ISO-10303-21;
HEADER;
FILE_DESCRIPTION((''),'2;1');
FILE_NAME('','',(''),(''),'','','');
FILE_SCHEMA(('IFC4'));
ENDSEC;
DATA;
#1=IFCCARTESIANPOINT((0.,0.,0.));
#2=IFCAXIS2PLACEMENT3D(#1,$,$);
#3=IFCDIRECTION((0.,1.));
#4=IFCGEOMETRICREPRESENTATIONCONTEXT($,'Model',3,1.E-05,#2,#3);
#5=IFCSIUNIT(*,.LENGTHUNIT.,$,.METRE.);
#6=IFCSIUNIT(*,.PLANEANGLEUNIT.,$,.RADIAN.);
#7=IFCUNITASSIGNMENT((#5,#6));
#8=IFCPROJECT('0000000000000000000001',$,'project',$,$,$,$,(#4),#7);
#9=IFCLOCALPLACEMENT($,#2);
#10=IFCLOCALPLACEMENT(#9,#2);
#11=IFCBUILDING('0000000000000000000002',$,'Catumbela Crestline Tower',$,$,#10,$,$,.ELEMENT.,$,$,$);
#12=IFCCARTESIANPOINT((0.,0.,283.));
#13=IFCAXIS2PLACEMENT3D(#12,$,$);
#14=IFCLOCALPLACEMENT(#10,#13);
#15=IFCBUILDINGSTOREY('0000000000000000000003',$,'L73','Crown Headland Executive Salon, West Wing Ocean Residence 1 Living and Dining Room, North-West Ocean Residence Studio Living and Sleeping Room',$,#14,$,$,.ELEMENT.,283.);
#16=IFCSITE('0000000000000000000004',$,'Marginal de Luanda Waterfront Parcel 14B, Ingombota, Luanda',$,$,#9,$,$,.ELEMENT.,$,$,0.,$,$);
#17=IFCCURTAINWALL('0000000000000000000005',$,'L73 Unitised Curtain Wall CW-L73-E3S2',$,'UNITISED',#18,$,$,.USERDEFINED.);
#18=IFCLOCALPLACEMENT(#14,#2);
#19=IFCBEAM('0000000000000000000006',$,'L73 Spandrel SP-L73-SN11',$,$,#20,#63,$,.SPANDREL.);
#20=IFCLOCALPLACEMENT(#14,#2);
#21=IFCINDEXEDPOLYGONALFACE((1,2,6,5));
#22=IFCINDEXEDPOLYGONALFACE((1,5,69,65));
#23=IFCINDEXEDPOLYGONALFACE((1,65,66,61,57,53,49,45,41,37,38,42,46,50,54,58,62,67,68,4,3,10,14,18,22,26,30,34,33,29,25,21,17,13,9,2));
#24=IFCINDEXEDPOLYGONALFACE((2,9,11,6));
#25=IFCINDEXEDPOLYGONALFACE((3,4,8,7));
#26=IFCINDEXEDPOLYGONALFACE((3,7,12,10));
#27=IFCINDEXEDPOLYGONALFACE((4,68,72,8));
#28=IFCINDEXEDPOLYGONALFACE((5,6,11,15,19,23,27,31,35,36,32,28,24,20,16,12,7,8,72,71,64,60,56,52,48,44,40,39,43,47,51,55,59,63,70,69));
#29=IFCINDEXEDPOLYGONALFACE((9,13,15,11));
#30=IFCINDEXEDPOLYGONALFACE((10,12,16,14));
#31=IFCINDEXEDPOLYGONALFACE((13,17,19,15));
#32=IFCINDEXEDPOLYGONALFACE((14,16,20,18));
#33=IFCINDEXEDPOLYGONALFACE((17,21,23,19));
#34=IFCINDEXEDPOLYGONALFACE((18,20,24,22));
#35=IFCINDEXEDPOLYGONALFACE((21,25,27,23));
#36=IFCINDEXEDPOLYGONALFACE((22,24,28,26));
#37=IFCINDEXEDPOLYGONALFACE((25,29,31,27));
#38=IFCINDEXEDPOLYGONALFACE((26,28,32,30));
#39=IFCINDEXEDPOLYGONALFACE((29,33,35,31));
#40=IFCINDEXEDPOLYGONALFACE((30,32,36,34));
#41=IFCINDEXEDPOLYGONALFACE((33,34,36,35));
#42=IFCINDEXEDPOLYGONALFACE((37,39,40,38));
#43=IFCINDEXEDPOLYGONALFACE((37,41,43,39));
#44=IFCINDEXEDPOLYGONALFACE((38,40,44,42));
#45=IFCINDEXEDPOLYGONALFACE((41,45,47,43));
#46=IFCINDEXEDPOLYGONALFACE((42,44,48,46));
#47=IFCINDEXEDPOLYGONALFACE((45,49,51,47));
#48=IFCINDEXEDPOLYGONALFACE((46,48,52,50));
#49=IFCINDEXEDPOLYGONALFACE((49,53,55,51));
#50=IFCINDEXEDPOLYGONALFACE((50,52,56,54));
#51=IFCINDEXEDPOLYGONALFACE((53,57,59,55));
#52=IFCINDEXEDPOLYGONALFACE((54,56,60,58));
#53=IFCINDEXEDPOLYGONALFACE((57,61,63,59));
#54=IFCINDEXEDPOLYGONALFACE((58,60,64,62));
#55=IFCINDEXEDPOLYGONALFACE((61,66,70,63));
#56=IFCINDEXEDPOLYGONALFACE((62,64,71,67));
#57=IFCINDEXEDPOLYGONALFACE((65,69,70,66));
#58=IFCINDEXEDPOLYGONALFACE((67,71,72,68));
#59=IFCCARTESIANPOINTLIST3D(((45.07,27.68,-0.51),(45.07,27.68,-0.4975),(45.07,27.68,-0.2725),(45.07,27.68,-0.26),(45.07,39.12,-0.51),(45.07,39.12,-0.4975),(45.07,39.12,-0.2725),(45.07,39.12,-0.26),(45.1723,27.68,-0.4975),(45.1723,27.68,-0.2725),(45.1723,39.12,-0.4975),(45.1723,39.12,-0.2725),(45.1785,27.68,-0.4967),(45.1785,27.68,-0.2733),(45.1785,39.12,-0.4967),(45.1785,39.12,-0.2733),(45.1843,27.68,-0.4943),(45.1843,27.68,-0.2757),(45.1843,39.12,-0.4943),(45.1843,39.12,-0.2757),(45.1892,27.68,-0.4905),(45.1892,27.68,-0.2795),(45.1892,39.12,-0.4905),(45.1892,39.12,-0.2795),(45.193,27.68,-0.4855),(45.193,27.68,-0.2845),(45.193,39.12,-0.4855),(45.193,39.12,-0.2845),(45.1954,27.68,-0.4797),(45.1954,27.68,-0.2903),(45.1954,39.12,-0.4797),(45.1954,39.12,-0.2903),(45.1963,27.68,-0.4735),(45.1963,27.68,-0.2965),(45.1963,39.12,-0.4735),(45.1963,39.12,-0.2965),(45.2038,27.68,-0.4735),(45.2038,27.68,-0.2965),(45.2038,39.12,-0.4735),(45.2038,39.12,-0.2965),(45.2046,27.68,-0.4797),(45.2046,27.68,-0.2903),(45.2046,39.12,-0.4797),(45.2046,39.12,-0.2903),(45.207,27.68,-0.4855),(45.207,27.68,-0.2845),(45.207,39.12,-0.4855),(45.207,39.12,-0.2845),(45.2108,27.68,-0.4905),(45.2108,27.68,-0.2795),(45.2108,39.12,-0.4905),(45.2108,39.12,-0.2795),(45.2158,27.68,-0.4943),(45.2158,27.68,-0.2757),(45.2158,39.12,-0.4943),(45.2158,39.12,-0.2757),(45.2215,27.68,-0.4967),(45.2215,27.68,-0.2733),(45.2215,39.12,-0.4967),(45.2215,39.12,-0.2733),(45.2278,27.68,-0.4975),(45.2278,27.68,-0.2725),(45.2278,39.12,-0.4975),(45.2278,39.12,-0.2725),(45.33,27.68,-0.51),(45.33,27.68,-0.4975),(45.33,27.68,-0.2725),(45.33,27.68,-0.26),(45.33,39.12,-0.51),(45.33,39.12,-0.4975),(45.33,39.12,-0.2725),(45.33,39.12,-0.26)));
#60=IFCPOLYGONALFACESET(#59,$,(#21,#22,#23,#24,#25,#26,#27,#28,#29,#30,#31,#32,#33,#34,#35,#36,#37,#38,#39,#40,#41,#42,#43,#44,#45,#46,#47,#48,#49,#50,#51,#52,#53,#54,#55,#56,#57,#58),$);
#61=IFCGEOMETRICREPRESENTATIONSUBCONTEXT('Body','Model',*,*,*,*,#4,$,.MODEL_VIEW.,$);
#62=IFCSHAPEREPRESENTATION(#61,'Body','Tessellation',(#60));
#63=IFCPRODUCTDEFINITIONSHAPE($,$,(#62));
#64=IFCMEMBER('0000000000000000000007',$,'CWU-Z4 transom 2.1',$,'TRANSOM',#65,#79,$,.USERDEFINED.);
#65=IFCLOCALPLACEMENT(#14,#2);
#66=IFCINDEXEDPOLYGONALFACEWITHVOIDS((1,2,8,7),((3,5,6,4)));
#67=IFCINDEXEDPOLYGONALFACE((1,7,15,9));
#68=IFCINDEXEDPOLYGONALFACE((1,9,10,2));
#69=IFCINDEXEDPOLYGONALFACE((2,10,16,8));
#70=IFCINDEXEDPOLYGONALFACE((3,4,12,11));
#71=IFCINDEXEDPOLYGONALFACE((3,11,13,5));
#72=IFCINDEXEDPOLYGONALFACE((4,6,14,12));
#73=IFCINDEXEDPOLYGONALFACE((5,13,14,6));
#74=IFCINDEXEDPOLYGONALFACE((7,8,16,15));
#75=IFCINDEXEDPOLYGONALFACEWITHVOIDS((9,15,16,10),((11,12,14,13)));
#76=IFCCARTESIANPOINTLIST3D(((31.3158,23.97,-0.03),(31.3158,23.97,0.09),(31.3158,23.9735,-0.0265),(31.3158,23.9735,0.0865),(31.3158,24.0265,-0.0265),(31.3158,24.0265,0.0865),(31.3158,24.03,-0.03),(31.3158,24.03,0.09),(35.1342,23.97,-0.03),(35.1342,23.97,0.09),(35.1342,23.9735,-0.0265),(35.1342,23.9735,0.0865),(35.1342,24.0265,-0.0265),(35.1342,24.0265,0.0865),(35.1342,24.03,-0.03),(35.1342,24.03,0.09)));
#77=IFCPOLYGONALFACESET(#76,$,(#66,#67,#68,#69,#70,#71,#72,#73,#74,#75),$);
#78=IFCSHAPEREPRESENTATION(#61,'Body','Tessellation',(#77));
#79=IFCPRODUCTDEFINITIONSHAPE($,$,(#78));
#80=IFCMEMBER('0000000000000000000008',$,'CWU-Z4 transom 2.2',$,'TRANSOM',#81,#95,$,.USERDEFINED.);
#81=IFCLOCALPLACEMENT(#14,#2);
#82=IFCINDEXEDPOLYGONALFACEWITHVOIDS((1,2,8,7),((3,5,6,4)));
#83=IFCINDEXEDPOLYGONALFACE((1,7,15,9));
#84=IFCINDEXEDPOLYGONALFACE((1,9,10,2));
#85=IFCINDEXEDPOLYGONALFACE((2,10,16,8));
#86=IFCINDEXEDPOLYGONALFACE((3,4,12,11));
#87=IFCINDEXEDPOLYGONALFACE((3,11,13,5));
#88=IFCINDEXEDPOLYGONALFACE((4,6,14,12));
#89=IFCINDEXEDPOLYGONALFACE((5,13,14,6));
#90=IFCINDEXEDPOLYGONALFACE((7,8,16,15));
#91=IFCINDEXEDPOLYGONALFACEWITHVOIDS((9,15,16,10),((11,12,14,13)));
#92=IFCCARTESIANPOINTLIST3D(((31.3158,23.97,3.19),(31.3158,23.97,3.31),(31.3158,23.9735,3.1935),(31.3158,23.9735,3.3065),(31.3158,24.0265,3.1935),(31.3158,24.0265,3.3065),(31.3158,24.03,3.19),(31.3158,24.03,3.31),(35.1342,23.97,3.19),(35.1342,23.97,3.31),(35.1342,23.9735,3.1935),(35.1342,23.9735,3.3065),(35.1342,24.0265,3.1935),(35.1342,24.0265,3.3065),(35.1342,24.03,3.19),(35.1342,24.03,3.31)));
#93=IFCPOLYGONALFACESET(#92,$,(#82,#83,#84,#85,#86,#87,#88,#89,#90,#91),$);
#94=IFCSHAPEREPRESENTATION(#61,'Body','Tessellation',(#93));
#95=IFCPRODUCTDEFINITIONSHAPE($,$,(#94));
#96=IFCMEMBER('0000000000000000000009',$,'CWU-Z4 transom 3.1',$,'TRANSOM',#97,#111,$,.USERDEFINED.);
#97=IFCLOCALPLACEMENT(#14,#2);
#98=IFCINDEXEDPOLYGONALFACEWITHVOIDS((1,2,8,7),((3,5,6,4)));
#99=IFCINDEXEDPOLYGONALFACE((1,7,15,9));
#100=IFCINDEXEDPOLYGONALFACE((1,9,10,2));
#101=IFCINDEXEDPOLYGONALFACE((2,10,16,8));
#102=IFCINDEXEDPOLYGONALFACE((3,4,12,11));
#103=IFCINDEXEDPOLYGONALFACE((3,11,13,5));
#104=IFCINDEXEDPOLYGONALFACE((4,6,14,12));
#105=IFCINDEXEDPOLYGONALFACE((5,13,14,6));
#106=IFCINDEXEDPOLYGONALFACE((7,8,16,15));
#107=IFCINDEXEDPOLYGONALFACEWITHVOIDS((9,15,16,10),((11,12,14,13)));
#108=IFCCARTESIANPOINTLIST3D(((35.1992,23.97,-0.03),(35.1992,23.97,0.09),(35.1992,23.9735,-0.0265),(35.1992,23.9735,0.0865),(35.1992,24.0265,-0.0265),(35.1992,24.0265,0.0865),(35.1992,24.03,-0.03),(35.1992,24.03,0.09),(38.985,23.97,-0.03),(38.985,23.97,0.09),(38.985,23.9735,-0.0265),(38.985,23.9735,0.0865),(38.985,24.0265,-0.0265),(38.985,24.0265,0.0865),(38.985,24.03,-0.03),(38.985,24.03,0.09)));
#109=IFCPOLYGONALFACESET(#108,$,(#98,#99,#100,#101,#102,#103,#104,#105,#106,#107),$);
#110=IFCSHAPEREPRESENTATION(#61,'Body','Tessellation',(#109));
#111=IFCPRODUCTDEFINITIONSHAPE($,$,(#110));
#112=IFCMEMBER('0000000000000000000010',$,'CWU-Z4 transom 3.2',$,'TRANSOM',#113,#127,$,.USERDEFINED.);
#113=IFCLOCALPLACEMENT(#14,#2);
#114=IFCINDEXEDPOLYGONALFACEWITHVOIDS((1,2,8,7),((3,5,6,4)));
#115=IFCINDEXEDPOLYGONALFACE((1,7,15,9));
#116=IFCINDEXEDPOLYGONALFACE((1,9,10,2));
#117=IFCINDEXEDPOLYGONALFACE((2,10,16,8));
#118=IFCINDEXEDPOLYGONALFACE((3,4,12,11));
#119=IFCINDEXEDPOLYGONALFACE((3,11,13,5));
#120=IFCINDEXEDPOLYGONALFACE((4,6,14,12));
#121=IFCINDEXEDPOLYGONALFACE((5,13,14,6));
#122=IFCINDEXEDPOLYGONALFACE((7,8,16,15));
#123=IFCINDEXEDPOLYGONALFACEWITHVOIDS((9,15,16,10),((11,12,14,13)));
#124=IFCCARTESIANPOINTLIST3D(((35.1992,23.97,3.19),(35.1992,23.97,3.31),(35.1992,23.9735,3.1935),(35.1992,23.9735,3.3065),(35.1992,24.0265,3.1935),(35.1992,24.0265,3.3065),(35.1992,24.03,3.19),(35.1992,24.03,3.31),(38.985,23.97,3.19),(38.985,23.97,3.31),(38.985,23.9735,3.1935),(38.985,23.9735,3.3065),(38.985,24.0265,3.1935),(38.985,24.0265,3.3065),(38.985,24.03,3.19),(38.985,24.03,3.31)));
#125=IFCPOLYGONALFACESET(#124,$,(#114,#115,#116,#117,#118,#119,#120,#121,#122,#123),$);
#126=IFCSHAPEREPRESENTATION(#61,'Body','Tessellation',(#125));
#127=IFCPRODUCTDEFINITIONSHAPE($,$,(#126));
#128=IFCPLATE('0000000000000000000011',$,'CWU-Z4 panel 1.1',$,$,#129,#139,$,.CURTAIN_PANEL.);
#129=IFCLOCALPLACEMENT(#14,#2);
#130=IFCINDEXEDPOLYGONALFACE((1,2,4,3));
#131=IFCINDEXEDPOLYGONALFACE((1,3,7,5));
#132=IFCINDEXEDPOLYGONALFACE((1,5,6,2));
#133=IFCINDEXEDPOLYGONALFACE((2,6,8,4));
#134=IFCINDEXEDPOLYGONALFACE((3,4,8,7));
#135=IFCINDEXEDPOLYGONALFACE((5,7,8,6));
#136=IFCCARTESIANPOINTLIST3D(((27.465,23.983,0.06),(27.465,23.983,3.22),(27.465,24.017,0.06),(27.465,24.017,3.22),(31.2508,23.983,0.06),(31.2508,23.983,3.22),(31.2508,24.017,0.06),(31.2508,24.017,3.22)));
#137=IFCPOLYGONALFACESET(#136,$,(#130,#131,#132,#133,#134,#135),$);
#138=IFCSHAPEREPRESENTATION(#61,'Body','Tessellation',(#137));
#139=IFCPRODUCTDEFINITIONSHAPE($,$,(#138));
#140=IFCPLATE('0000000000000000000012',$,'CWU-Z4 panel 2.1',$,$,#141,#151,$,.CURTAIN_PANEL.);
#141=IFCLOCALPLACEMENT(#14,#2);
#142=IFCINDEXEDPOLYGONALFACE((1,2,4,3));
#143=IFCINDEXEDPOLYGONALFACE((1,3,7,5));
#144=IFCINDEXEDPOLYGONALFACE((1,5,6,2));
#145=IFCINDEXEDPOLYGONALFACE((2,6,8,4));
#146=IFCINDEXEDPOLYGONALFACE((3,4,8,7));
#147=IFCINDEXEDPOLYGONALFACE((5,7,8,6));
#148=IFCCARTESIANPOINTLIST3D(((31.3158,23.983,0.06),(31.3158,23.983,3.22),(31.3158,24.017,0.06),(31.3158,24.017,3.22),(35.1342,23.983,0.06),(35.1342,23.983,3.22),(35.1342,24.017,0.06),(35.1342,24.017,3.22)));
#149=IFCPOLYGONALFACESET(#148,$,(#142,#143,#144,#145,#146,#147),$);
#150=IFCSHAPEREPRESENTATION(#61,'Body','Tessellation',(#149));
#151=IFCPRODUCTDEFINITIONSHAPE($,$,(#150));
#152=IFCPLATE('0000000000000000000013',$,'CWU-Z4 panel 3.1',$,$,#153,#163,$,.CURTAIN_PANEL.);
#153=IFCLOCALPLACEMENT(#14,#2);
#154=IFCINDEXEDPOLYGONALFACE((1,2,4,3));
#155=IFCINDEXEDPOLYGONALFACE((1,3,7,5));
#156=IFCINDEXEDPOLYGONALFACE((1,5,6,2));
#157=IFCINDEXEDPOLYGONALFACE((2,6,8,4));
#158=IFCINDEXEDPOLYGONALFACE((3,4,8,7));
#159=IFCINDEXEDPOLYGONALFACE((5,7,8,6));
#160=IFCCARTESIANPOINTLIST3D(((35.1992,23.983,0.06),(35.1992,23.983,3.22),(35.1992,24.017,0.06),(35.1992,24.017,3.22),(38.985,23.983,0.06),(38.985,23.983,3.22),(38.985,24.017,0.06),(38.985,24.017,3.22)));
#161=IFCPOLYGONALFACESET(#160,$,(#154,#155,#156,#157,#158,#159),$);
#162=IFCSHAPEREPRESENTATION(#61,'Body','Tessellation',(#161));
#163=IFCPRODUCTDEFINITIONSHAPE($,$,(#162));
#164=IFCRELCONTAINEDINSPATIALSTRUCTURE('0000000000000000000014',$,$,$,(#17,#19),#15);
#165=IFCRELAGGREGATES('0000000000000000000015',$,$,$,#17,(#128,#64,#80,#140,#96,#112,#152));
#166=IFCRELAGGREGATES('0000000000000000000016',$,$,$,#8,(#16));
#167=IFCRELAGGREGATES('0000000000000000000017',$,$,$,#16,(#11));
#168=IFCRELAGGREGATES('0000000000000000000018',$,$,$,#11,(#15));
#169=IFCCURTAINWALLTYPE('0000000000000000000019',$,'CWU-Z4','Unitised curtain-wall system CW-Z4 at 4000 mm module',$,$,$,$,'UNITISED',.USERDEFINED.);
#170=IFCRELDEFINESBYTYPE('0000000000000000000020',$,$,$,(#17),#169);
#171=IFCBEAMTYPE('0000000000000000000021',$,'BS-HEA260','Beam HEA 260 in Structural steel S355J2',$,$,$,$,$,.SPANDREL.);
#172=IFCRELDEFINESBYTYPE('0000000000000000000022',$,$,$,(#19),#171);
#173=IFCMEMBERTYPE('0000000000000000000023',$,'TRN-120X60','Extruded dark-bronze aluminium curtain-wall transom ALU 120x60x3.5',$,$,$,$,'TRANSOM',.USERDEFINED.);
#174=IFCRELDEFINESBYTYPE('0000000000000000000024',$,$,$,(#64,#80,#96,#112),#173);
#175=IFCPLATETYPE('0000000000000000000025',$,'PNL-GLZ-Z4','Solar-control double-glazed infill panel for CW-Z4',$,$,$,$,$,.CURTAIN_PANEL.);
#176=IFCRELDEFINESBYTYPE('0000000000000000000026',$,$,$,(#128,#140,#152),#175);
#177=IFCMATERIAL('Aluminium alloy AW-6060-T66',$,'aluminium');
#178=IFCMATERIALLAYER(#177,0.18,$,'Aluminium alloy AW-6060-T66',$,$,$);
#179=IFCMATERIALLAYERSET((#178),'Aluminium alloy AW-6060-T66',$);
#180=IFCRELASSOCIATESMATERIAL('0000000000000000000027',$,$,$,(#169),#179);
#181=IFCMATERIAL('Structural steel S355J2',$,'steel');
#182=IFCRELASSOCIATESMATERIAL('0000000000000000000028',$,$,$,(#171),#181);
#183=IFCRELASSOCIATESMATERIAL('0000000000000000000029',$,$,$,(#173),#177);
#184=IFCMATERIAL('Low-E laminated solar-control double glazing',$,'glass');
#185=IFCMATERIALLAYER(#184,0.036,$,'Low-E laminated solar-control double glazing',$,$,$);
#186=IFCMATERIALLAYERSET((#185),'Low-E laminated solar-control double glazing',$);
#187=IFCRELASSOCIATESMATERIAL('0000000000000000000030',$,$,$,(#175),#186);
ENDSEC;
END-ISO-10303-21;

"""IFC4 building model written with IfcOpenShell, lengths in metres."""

from ifc_helpers import new_model, si_unit, direction, frame, origin, origin_2d, place, context, subcontext, project, spatial, rectangle, hollow_rectangle, i_section, extrude, material, layer, layer_set, material_profile, profile_set, type_object, element, aggregate, save


model = new_model("IFC4")

# Units and contexts
model_context = context("Model", 3, precision=1e-05, world=origin(), true_north=direction((0.0, 1.0)))
body_context = subcontext(model_context, "Body", "Model", "MODEL_VIEW")
ifc_project = project(units=[si_unit("LENGTHUNIT", "METRE"), si_unit("PLANEANGLEUNIT", "RADIAN")], contexts=[model_context])

# Site, building, storey
site_placement = place(None, origin())
site = spatial("IfcSite", under=ifc_project, at=site_placement, Name="Marginal de Luanda Waterfront Parcel 14B, Ingombota, Luanda", CompositionType="ELEMENT", RefElevation=0.0)
building_placement = place(site_placement, origin())
building = spatial("IfcBuilding", under=site, at=building_placement, Name="Catumbela Crestline Tower", CompositionType="ELEMENT")
storey_placement = place(building_placement, frame((0.0, 0.0, 283.0)))
storey = spatial("IfcBuildingStorey", under=building, at=storey_placement, Name="L73", Description="Crown Headland Executive Salon, West Wing Ocean Residence 1 Living and Dining Room, North-West Ocean Residence Studio Living and Sleeping Room", CompositionType="ELEMENT", Elevation=283.0)

# Shared definitions
ifc_material_1 = material(Name="Structural steel S355J2", Category="steel")

# Curtain wall
ifc_material_2 = material(Name="Aluminium alloy AW-6060-T66", Category="aluminium")
ifc_layer_1 = layer(ifc_material_2, 0.18, Name="Aluminium alloy AW-6060-T66")
ifc_layer_set_1 = layer_set([ifc_layer_1], Name="Aluminium alloy AW-6060-T66")
curtain_wall_type = type_object("IfcCurtainWallType", Name="CWU-Z4", Description="Unitised curtain-wall system CW-Z4 at 4000 mm module", ElementType="UNITISED", PredefinedType="USERDEFINED", material=ifc_layer_set_1)
curtain_wall_placement = place(storey_placement, origin())
curtain_wall = element("IfcCurtainWall", 1, at=curtain_wall_placement, inside=storey, type_object=curtain_wall_type, Name="L73 Unitised Curtain Wall CW-L73-E3S2", ObjectType="UNITISED", PredefinedType="USERDEFINED")

# Beam
ifc_material_profile_1 = material_profile(ifc_material_1, i_section(OverallWidth=0.26, OverallDepth=0.25, WebThickness=0.0075, FlangeThickness=0.0125, FilletRadius=0.024, at=origin_2d()), Name="HEA 260")
ifc_profile_set_1 = profile_set([ifc_material_profile_1], Name="Structural steel S355J2")
beam_type_1 = type_object("IfcBeamType", Name="BS-HEA260", Description="Beam HEA 260 in Structural steel S355J2", PredefinedType="SPANDREL", material=ifc_profile_set_1)
beam_1_placement = place(storey_placement, frame((45.2, 27.68, -0.385), z_axis=(0.0, 1.0, 0.0), x_axis=(-1.0, 0.0, 0.0)))
element("IfcBeam", 2, at=beam_1_placement, inside=storey, type_object=beam_type_1, Name="L73 Spandrel SP-L73-SN11", PredefinedType="SPANDREL", context=body_context, shape_type="SweptSolid", body=[
    extrude(i_section(OverallWidth=0.26, OverallDepth=0.25, WebThickness=0.0075, FlangeThickness=0.0125, FilletRadius=0.024, at=origin_2d()), origin(), (0.0, 0.0, 1.0), 11.44),
])

# Members
ifc_material_profile_2 = material_profile(ifc_material_2, hollow_rectangle(XDim=0.06, YDim=0.12, WallThickness=0.0035, at=origin_2d()), Name="ALU 120x60x3.5")
ifc_profile_set_2 = profile_set([ifc_material_profile_2], Name="Aluminium alloy AW-6060-T66")
member_type_1 = type_object("IfcMemberType", Name="TRN-120X60", Description="Extruded dark-bronze aluminium curtain-wall transom ALU 120x60x3.5", ElementType="TRANSOM", PredefinedType="USERDEFINED", material=ifc_profile_set_2)
member_1_placement = place(storey_placement, frame((31.3158, 24.0, 0.03), z_axis=(1.0, 0.0, 0.0), x_axis=(0.0, 1.0, 0.0)))
member_1 = element("IfcMember", 3, at=member_1_placement, type_object=member_type_1, Name="CWU-Z4 transom 2.1", ObjectType="TRANSOM", PredefinedType="USERDEFINED", context=body_context, shape_type="SweptSolid", body=[
    extrude(hollow_rectangle(XDim=0.06, YDim=0.12, WallThickness=0.0035, at=origin_2d()), origin(), (0.0, 0.0, 1.0), 3.8184),
])
member_2_placement = place(storey_placement, frame((31.3158, 24.0, 3.25), z_axis=(1.0, 0.0, 0.0), x_axis=(0.0, 1.0, 0.0)))
member_2 = element("IfcMember", 4, at=member_2_placement, type_object=member_type_1, Name="CWU-Z4 transom 2.2", ObjectType="TRANSOM", PredefinedType="USERDEFINED", context=body_context, shape_type="SweptSolid", body=[
    extrude(hollow_rectangle(XDim=0.06, YDim=0.12, WallThickness=0.0035, at=origin_2d()), origin(), (0.0, 0.0, 1.0), 3.8184),
])
member_3_placement = place(storey_placement, frame((35.1992, 24.0, 0.03), z_axis=(1.0, 0.0, 0.0), x_axis=(0.0, 1.0, 0.0)))
member_3 = element("IfcMember", 5, at=member_3_placement, type_object=member_type_1, Name="CWU-Z4 transom 3.1", ObjectType="TRANSOM", PredefinedType="USERDEFINED", context=body_context, shape_type="SweptSolid", body=[
    extrude(hollow_rectangle(XDim=0.06, YDim=0.12, WallThickness=0.0035, at=origin_2d()), origin(), (0.0, 0.0, 1.0), 3.7858),
])
member_4_placement = place(storey_placement, frame((35.1992, 24.0, 3.25), z_axis=(1.0, 0.0, 0.0), x_axis=(0.0, 1.0, 0.0)))
member_4 = element("IfcMember", 6, at=member_4_placement, type_object=member_type_1, Name="CWU-Z4 transom 3.2", ObjectType="TRANSOM", PredefinedType="USERDEFINED", context=body_context, shape_type="SweptSolid", body=[
    extrude(hollow_rectangle(XDim=0.06, YDim=0.12, WallThickness=0.0035, at=origin_2d()), origin(), (0.0, 0.0, 1.0), 3.7858),
])

# Plates
ifc_material_3 = material(Name="Low-E laminated solar-control double glazing", Category="glass")
ifc_layer_2 = layer(ifc_material_3, 0.036, Name="Low-E laminated solar-control double glazing")
ifc_layer_set_2 = layer_set([ifc_layer_2], Name="Low-E laminated solar-control double glazing")
plate_type = type_object("IfcPlateType", Name="PNL-GLZ-Z4", Description="Solar-control double-glazed infill panel for CW-Z4", PredefinedType="CURTAIN_PANEL", material=ifc_layer_set_2)
plate_1_placement = place(storey_placement, frame((29.3579, 24.0, 0.06), z_axis=(0.0, 0.0, 1.0), x_axis=(1.0, 0.0, 0.0)))
plate_1 = element("IfcPlate", 7, at=plate_1_placement, type_object=plate_type, Name="CWU-Z4 panel 1.1", PredefinedType="CURTAIN_PANEL", context=body_context, shape_type="SweptSolid", body=[
    extrude(rectangle(XDim=3.7858, YDim=0.034, at=origin_2d()), origin(), (0.0, 0.0, 1.0), 3.16),
])
plate_2_placement = place(storey_placement, frame((33.225, 24.0, 0.06), z_axis=(0.0, 0.0, 1.0), x_axis=(1.0, 0.0, 0.0)))
plate_2 = element("IfcPlate", 8, at=plate_2_placement, type_object=plate_type, Name="CWU-Z4 panel 2.1", PredefinedType="CURTAIN_PANEL", context=body_context, shape_type="SweptSolid", body=[
    extrude(rectangle(XDim=3.8183, YDim=0.034, at=origin_2d()), origin(), (0.0, 0.0, 1.0), 3.16),
])
plate_3_placement = place(storey_placement, frame((37.0921, 24.0, 0.06), z_axis=(0.0, 0.0, 1.0), x_axis=(1.0, 0.0, 0.0)))
plate_3 = element("IfcPlate", 9, at=plate_3_placement, type_object=plate_type, Name="CWU-Z4 panel 3.1", PredefinedType="CURTAIN_PANEL", context=body_context, shape_type="SweptSolid", body=[
    extrude(rectangle(XDim=3.7858, YDim=0.034, at=origin_2d()), origin(), (0.0, 0.0, 1.0), 3.16),
])
aggregate(curtain_wall, [plate_1, member_1, member_2, plate_2, member_3, member_4, plate_3])

save(model, "model.ifc")
